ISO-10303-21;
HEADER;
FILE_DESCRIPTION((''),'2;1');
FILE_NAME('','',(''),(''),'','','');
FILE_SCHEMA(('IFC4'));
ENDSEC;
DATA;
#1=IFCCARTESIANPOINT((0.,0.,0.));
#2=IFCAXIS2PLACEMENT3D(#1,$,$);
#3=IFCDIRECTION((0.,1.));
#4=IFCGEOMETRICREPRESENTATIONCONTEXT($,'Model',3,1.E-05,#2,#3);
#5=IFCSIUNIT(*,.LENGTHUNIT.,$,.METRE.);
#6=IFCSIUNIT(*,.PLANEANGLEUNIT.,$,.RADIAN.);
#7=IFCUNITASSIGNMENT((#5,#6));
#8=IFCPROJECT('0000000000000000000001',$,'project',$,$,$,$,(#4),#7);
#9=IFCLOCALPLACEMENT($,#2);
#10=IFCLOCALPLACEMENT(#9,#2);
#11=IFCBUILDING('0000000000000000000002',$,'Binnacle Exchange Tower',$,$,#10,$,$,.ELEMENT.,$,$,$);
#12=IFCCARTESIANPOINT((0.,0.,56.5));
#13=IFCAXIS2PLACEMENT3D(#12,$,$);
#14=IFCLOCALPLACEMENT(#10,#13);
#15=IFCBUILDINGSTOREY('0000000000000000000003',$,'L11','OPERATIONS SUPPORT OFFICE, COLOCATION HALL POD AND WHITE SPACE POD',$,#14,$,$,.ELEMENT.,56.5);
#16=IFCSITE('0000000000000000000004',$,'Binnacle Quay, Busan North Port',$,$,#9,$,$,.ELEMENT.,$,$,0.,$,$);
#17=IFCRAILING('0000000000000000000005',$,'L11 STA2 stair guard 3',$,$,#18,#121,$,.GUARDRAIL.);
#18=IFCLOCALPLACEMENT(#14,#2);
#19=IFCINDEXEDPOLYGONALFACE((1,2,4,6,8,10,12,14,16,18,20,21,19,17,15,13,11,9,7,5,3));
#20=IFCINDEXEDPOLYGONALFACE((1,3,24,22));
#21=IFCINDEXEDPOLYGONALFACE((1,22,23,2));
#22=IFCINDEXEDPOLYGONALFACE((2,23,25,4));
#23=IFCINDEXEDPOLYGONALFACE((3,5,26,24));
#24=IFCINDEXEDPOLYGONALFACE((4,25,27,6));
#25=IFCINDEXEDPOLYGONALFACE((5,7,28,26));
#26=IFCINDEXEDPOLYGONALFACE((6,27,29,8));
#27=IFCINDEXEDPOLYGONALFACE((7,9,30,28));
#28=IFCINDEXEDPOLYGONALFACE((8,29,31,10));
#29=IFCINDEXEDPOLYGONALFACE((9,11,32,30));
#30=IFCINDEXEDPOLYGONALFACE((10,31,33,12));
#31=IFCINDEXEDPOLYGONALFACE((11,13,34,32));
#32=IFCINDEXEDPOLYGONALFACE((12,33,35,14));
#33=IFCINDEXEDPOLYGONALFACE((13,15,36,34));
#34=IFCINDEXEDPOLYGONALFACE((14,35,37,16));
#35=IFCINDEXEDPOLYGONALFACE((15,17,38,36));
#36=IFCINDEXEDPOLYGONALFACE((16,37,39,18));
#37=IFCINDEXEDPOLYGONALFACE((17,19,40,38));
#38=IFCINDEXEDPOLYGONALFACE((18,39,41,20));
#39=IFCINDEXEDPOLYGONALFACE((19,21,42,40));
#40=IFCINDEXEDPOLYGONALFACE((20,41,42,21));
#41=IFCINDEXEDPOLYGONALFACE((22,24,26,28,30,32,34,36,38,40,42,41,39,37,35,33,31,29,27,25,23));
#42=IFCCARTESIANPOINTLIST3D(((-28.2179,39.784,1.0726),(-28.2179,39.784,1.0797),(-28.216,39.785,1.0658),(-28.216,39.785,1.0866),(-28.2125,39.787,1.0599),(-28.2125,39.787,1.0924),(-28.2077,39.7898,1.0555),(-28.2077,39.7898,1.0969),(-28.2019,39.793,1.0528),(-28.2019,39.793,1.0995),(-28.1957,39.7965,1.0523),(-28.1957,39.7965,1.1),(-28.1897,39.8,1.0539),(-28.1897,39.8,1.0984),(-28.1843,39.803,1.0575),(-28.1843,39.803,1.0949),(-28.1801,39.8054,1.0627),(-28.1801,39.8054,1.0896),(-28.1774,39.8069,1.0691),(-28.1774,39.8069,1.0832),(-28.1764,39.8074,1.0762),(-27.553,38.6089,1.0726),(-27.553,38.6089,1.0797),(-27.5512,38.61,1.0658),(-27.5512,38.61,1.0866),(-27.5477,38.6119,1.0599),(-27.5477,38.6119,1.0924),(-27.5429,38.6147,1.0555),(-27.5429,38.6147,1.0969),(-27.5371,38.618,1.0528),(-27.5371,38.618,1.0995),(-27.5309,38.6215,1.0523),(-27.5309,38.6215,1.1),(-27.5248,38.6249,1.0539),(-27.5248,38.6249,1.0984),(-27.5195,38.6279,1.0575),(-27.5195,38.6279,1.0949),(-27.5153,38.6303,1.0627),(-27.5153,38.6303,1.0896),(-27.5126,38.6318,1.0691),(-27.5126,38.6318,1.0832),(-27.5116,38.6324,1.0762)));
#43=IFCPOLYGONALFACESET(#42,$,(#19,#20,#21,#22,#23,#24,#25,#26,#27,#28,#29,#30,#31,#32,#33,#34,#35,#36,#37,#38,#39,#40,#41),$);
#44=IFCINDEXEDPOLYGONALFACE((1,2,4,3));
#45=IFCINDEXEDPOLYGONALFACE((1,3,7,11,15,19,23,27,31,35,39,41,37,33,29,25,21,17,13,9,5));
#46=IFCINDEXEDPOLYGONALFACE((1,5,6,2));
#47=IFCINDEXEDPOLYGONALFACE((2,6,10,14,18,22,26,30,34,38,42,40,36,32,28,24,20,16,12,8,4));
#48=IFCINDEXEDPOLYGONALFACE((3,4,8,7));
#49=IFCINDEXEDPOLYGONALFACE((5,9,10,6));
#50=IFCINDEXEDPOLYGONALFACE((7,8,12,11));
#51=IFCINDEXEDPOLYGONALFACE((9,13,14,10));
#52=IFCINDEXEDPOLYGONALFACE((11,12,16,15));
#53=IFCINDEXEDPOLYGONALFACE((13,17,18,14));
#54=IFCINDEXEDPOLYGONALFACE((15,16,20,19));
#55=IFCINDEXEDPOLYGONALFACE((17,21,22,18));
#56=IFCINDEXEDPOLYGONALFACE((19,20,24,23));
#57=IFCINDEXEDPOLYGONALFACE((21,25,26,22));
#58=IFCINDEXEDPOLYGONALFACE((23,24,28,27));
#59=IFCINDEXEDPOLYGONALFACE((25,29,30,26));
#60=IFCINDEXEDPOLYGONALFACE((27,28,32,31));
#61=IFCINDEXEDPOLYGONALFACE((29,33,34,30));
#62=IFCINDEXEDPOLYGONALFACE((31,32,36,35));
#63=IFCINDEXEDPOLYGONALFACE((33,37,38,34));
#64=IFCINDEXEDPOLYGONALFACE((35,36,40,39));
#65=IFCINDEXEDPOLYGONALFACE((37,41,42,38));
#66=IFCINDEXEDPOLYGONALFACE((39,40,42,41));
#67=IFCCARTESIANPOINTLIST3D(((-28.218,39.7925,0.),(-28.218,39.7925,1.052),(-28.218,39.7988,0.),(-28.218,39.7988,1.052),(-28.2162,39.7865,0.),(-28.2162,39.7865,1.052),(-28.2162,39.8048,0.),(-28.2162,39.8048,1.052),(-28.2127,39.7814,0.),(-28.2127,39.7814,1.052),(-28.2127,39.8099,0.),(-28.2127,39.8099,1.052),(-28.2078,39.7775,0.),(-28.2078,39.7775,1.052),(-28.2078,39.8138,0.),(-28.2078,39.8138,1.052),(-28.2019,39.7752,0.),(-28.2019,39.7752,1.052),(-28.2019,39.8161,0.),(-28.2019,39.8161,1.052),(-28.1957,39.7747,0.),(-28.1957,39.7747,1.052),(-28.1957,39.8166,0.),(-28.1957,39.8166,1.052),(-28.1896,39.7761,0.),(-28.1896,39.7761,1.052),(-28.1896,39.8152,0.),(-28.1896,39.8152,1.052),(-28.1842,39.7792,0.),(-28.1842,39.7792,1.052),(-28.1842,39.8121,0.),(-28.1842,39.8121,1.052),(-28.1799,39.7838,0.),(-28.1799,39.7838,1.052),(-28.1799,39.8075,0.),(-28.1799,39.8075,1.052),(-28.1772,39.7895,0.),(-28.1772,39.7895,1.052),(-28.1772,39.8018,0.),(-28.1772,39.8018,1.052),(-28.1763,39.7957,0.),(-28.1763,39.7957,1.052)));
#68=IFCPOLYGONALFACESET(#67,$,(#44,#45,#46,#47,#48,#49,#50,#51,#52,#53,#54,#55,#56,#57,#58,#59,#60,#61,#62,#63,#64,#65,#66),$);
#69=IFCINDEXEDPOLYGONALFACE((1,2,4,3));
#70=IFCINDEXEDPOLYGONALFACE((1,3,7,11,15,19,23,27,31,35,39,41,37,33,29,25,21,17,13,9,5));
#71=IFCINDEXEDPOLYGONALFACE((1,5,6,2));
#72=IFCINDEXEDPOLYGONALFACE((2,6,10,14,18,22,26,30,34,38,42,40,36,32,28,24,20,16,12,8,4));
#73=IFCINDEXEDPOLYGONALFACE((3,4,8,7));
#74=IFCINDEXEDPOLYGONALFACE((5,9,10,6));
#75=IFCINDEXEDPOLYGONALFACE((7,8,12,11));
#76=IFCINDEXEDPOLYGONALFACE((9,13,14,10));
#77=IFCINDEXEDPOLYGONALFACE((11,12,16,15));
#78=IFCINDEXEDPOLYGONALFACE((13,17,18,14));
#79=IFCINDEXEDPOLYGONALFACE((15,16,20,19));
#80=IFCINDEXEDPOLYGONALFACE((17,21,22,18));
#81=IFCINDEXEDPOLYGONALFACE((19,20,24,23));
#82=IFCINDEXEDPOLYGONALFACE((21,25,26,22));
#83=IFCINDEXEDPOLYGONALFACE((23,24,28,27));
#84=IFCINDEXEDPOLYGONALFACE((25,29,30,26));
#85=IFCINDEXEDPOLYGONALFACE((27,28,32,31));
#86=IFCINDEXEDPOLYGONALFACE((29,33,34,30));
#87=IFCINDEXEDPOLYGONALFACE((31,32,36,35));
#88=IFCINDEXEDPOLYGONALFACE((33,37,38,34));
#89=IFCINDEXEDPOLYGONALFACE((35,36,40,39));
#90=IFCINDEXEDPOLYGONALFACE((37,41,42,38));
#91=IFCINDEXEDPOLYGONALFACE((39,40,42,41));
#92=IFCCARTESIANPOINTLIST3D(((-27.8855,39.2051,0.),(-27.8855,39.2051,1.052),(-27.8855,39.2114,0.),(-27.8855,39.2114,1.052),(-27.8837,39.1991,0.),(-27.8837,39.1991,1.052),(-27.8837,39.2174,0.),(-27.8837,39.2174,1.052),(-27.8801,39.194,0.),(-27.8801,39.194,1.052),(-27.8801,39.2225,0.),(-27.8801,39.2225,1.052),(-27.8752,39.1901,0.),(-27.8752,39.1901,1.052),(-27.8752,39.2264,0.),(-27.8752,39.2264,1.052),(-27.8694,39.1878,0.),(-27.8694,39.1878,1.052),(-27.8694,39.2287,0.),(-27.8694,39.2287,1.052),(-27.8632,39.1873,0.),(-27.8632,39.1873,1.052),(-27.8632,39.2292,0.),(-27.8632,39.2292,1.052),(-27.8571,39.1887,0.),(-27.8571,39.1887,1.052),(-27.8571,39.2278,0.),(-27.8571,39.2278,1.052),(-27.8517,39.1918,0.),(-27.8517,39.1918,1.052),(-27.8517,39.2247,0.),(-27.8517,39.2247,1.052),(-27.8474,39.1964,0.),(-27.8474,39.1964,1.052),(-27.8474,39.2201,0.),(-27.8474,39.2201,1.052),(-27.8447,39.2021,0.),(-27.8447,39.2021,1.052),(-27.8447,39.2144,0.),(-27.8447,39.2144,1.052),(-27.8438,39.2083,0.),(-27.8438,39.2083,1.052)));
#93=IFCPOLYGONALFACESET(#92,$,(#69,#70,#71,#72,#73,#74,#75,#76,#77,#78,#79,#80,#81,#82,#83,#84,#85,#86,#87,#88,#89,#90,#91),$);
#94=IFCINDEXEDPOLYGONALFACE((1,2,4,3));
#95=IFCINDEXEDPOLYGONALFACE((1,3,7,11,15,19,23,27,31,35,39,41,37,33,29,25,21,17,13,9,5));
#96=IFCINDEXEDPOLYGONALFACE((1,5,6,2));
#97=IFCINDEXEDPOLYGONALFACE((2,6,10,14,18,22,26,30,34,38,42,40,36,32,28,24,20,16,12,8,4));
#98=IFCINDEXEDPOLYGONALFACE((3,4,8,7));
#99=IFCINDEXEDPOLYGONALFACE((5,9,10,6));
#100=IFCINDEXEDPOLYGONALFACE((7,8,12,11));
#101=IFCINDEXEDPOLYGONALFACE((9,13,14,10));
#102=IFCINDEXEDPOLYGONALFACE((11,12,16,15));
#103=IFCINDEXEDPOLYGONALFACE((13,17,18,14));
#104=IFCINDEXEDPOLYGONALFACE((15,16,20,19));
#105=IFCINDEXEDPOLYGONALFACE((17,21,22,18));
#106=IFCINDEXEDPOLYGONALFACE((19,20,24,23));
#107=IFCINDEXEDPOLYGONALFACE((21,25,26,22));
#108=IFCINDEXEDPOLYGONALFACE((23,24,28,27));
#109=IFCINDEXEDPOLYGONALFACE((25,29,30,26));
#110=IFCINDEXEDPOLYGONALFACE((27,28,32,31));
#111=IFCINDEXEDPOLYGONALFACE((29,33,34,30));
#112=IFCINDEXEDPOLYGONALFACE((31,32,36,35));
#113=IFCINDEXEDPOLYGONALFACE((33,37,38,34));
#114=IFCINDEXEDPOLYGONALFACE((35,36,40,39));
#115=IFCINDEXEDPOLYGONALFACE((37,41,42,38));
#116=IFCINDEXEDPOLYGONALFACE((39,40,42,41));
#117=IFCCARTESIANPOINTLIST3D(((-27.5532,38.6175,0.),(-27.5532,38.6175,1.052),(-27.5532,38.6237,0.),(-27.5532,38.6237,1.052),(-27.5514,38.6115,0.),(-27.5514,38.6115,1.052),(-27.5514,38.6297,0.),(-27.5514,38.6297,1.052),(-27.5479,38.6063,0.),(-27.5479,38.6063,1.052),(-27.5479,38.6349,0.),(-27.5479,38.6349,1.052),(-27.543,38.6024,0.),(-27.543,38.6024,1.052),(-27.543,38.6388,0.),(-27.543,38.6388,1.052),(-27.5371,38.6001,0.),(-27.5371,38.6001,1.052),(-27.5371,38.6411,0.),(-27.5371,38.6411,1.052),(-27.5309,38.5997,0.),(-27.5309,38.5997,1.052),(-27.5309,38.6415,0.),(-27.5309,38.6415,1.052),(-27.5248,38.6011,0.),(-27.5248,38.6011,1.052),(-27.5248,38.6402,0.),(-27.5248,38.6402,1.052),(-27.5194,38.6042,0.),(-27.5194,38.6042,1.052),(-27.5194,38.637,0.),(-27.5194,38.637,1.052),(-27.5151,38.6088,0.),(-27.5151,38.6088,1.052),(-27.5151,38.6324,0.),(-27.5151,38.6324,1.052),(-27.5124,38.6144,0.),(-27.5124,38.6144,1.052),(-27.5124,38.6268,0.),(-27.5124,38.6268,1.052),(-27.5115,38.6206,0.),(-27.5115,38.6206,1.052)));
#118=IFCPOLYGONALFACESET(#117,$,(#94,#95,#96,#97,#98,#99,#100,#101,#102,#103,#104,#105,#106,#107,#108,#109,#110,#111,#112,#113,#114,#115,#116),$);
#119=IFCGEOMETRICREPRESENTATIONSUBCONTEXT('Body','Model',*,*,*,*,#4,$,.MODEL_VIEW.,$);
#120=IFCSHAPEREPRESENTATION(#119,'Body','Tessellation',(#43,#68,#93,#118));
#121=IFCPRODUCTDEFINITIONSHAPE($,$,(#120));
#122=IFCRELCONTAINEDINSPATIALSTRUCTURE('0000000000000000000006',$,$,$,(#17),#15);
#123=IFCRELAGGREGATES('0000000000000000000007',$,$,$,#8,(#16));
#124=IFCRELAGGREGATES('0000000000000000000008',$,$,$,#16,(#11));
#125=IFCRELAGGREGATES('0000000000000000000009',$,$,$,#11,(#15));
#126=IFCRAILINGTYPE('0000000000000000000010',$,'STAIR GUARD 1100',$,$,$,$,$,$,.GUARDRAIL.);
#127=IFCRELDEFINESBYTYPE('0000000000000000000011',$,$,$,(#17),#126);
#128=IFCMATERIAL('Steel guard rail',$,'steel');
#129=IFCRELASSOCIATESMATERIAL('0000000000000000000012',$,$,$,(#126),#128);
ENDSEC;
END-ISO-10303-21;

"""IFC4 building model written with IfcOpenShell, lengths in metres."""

from ifc_helpers import new_model, si_unit, direction, frame, origin, origin_2d, place, context, subcontext, project, spatial, circle, extrude, material, type_object, element, save


model = new_model("IFC4")

# Units and contexts
model_context = context("Model", 3, precision=1e-05, world=origin(), true_north=direction((0.0, 1.0)))
body_context = subcontext(model_context, "Body", "Model", "MODEL_VIEW")
ifc_project = project(units=[si_unit("LENGTHUNIT", "METRE"), si_unit("PLANEANGLEUNIT", "RADIAN")], contexts=[model_context])

# Site, building, storey
site_placement = place(None, origin())
site = spatial("IfcSite", under=ifc_project, at=site_placement, Name="Binnacle Quay, Busan North Port", CompositionType="ELEMENT", RefElevation=0.0)
building_placement = place(site_placement, origin())
building = spatial("IfcBuilding", under=site, at=building_placement, Name="Binnacle Exchange Tower", CompositionType="ELEMENT")
storey_placement = place(building_placement, frame((0.0, 0.0, 56.5)))
storey = spatial("IfcBuildingStorey", under=building, at=storey_placement, Name="L11", Description="OPERATIONS SUPPORT OFFICE, COLOCATION HALL POD AND WHITE SPACE POD", CompositionType="ELEMENT", Elevation=56.5)

# Railing
ifc_material_1 = material(Name="Steel guard rail", Category="steel")
railing_type_1 = type_object("IfcRailingType", Name="STAIR GUARD 1100", PredefinedType="GUARDRAIL", material=ifc_material_1)
railing_1_placement = place(storey_placement, frame((-28.1973, 39.7957, 0.0)))
element("IfcRailing", 1, at=railing_1_placement, inside=storey, type_object=railing_type_1, Name="L11 STA2 stair guard 3", PredefinedType="GUARDRAIL", context=body_context, shape_type="SweptSolid", body=[
    extrude(circle(Radius=0.0239, at=origin_2d()), frame((0.0, 0.0, 1.0762), z_axis=(0.492415, -0.870361, 0.0), x_axis=(0.870361, 0.492415, 0.0)), (0.0, 0.0, 1.0), 1.3501),
    extrude(circle(Radius=0.021, at=origin_2d()), origin(), (0.0, 0.0, 1.0), 1.052),
    extrude(circle(Radius=0.021, at=origin_2d()), frame((0.3325, -0.5874, 0.0)), (0.0, 0.0, 1.0), 1.052),
    extrude(circle(Radius=0.021, at=origin_2d()), frame((0.6648, -1.175, 0.0)), (0.0, 0.0, 1.0), 1.052),
])

save(model, "model.ifc")
